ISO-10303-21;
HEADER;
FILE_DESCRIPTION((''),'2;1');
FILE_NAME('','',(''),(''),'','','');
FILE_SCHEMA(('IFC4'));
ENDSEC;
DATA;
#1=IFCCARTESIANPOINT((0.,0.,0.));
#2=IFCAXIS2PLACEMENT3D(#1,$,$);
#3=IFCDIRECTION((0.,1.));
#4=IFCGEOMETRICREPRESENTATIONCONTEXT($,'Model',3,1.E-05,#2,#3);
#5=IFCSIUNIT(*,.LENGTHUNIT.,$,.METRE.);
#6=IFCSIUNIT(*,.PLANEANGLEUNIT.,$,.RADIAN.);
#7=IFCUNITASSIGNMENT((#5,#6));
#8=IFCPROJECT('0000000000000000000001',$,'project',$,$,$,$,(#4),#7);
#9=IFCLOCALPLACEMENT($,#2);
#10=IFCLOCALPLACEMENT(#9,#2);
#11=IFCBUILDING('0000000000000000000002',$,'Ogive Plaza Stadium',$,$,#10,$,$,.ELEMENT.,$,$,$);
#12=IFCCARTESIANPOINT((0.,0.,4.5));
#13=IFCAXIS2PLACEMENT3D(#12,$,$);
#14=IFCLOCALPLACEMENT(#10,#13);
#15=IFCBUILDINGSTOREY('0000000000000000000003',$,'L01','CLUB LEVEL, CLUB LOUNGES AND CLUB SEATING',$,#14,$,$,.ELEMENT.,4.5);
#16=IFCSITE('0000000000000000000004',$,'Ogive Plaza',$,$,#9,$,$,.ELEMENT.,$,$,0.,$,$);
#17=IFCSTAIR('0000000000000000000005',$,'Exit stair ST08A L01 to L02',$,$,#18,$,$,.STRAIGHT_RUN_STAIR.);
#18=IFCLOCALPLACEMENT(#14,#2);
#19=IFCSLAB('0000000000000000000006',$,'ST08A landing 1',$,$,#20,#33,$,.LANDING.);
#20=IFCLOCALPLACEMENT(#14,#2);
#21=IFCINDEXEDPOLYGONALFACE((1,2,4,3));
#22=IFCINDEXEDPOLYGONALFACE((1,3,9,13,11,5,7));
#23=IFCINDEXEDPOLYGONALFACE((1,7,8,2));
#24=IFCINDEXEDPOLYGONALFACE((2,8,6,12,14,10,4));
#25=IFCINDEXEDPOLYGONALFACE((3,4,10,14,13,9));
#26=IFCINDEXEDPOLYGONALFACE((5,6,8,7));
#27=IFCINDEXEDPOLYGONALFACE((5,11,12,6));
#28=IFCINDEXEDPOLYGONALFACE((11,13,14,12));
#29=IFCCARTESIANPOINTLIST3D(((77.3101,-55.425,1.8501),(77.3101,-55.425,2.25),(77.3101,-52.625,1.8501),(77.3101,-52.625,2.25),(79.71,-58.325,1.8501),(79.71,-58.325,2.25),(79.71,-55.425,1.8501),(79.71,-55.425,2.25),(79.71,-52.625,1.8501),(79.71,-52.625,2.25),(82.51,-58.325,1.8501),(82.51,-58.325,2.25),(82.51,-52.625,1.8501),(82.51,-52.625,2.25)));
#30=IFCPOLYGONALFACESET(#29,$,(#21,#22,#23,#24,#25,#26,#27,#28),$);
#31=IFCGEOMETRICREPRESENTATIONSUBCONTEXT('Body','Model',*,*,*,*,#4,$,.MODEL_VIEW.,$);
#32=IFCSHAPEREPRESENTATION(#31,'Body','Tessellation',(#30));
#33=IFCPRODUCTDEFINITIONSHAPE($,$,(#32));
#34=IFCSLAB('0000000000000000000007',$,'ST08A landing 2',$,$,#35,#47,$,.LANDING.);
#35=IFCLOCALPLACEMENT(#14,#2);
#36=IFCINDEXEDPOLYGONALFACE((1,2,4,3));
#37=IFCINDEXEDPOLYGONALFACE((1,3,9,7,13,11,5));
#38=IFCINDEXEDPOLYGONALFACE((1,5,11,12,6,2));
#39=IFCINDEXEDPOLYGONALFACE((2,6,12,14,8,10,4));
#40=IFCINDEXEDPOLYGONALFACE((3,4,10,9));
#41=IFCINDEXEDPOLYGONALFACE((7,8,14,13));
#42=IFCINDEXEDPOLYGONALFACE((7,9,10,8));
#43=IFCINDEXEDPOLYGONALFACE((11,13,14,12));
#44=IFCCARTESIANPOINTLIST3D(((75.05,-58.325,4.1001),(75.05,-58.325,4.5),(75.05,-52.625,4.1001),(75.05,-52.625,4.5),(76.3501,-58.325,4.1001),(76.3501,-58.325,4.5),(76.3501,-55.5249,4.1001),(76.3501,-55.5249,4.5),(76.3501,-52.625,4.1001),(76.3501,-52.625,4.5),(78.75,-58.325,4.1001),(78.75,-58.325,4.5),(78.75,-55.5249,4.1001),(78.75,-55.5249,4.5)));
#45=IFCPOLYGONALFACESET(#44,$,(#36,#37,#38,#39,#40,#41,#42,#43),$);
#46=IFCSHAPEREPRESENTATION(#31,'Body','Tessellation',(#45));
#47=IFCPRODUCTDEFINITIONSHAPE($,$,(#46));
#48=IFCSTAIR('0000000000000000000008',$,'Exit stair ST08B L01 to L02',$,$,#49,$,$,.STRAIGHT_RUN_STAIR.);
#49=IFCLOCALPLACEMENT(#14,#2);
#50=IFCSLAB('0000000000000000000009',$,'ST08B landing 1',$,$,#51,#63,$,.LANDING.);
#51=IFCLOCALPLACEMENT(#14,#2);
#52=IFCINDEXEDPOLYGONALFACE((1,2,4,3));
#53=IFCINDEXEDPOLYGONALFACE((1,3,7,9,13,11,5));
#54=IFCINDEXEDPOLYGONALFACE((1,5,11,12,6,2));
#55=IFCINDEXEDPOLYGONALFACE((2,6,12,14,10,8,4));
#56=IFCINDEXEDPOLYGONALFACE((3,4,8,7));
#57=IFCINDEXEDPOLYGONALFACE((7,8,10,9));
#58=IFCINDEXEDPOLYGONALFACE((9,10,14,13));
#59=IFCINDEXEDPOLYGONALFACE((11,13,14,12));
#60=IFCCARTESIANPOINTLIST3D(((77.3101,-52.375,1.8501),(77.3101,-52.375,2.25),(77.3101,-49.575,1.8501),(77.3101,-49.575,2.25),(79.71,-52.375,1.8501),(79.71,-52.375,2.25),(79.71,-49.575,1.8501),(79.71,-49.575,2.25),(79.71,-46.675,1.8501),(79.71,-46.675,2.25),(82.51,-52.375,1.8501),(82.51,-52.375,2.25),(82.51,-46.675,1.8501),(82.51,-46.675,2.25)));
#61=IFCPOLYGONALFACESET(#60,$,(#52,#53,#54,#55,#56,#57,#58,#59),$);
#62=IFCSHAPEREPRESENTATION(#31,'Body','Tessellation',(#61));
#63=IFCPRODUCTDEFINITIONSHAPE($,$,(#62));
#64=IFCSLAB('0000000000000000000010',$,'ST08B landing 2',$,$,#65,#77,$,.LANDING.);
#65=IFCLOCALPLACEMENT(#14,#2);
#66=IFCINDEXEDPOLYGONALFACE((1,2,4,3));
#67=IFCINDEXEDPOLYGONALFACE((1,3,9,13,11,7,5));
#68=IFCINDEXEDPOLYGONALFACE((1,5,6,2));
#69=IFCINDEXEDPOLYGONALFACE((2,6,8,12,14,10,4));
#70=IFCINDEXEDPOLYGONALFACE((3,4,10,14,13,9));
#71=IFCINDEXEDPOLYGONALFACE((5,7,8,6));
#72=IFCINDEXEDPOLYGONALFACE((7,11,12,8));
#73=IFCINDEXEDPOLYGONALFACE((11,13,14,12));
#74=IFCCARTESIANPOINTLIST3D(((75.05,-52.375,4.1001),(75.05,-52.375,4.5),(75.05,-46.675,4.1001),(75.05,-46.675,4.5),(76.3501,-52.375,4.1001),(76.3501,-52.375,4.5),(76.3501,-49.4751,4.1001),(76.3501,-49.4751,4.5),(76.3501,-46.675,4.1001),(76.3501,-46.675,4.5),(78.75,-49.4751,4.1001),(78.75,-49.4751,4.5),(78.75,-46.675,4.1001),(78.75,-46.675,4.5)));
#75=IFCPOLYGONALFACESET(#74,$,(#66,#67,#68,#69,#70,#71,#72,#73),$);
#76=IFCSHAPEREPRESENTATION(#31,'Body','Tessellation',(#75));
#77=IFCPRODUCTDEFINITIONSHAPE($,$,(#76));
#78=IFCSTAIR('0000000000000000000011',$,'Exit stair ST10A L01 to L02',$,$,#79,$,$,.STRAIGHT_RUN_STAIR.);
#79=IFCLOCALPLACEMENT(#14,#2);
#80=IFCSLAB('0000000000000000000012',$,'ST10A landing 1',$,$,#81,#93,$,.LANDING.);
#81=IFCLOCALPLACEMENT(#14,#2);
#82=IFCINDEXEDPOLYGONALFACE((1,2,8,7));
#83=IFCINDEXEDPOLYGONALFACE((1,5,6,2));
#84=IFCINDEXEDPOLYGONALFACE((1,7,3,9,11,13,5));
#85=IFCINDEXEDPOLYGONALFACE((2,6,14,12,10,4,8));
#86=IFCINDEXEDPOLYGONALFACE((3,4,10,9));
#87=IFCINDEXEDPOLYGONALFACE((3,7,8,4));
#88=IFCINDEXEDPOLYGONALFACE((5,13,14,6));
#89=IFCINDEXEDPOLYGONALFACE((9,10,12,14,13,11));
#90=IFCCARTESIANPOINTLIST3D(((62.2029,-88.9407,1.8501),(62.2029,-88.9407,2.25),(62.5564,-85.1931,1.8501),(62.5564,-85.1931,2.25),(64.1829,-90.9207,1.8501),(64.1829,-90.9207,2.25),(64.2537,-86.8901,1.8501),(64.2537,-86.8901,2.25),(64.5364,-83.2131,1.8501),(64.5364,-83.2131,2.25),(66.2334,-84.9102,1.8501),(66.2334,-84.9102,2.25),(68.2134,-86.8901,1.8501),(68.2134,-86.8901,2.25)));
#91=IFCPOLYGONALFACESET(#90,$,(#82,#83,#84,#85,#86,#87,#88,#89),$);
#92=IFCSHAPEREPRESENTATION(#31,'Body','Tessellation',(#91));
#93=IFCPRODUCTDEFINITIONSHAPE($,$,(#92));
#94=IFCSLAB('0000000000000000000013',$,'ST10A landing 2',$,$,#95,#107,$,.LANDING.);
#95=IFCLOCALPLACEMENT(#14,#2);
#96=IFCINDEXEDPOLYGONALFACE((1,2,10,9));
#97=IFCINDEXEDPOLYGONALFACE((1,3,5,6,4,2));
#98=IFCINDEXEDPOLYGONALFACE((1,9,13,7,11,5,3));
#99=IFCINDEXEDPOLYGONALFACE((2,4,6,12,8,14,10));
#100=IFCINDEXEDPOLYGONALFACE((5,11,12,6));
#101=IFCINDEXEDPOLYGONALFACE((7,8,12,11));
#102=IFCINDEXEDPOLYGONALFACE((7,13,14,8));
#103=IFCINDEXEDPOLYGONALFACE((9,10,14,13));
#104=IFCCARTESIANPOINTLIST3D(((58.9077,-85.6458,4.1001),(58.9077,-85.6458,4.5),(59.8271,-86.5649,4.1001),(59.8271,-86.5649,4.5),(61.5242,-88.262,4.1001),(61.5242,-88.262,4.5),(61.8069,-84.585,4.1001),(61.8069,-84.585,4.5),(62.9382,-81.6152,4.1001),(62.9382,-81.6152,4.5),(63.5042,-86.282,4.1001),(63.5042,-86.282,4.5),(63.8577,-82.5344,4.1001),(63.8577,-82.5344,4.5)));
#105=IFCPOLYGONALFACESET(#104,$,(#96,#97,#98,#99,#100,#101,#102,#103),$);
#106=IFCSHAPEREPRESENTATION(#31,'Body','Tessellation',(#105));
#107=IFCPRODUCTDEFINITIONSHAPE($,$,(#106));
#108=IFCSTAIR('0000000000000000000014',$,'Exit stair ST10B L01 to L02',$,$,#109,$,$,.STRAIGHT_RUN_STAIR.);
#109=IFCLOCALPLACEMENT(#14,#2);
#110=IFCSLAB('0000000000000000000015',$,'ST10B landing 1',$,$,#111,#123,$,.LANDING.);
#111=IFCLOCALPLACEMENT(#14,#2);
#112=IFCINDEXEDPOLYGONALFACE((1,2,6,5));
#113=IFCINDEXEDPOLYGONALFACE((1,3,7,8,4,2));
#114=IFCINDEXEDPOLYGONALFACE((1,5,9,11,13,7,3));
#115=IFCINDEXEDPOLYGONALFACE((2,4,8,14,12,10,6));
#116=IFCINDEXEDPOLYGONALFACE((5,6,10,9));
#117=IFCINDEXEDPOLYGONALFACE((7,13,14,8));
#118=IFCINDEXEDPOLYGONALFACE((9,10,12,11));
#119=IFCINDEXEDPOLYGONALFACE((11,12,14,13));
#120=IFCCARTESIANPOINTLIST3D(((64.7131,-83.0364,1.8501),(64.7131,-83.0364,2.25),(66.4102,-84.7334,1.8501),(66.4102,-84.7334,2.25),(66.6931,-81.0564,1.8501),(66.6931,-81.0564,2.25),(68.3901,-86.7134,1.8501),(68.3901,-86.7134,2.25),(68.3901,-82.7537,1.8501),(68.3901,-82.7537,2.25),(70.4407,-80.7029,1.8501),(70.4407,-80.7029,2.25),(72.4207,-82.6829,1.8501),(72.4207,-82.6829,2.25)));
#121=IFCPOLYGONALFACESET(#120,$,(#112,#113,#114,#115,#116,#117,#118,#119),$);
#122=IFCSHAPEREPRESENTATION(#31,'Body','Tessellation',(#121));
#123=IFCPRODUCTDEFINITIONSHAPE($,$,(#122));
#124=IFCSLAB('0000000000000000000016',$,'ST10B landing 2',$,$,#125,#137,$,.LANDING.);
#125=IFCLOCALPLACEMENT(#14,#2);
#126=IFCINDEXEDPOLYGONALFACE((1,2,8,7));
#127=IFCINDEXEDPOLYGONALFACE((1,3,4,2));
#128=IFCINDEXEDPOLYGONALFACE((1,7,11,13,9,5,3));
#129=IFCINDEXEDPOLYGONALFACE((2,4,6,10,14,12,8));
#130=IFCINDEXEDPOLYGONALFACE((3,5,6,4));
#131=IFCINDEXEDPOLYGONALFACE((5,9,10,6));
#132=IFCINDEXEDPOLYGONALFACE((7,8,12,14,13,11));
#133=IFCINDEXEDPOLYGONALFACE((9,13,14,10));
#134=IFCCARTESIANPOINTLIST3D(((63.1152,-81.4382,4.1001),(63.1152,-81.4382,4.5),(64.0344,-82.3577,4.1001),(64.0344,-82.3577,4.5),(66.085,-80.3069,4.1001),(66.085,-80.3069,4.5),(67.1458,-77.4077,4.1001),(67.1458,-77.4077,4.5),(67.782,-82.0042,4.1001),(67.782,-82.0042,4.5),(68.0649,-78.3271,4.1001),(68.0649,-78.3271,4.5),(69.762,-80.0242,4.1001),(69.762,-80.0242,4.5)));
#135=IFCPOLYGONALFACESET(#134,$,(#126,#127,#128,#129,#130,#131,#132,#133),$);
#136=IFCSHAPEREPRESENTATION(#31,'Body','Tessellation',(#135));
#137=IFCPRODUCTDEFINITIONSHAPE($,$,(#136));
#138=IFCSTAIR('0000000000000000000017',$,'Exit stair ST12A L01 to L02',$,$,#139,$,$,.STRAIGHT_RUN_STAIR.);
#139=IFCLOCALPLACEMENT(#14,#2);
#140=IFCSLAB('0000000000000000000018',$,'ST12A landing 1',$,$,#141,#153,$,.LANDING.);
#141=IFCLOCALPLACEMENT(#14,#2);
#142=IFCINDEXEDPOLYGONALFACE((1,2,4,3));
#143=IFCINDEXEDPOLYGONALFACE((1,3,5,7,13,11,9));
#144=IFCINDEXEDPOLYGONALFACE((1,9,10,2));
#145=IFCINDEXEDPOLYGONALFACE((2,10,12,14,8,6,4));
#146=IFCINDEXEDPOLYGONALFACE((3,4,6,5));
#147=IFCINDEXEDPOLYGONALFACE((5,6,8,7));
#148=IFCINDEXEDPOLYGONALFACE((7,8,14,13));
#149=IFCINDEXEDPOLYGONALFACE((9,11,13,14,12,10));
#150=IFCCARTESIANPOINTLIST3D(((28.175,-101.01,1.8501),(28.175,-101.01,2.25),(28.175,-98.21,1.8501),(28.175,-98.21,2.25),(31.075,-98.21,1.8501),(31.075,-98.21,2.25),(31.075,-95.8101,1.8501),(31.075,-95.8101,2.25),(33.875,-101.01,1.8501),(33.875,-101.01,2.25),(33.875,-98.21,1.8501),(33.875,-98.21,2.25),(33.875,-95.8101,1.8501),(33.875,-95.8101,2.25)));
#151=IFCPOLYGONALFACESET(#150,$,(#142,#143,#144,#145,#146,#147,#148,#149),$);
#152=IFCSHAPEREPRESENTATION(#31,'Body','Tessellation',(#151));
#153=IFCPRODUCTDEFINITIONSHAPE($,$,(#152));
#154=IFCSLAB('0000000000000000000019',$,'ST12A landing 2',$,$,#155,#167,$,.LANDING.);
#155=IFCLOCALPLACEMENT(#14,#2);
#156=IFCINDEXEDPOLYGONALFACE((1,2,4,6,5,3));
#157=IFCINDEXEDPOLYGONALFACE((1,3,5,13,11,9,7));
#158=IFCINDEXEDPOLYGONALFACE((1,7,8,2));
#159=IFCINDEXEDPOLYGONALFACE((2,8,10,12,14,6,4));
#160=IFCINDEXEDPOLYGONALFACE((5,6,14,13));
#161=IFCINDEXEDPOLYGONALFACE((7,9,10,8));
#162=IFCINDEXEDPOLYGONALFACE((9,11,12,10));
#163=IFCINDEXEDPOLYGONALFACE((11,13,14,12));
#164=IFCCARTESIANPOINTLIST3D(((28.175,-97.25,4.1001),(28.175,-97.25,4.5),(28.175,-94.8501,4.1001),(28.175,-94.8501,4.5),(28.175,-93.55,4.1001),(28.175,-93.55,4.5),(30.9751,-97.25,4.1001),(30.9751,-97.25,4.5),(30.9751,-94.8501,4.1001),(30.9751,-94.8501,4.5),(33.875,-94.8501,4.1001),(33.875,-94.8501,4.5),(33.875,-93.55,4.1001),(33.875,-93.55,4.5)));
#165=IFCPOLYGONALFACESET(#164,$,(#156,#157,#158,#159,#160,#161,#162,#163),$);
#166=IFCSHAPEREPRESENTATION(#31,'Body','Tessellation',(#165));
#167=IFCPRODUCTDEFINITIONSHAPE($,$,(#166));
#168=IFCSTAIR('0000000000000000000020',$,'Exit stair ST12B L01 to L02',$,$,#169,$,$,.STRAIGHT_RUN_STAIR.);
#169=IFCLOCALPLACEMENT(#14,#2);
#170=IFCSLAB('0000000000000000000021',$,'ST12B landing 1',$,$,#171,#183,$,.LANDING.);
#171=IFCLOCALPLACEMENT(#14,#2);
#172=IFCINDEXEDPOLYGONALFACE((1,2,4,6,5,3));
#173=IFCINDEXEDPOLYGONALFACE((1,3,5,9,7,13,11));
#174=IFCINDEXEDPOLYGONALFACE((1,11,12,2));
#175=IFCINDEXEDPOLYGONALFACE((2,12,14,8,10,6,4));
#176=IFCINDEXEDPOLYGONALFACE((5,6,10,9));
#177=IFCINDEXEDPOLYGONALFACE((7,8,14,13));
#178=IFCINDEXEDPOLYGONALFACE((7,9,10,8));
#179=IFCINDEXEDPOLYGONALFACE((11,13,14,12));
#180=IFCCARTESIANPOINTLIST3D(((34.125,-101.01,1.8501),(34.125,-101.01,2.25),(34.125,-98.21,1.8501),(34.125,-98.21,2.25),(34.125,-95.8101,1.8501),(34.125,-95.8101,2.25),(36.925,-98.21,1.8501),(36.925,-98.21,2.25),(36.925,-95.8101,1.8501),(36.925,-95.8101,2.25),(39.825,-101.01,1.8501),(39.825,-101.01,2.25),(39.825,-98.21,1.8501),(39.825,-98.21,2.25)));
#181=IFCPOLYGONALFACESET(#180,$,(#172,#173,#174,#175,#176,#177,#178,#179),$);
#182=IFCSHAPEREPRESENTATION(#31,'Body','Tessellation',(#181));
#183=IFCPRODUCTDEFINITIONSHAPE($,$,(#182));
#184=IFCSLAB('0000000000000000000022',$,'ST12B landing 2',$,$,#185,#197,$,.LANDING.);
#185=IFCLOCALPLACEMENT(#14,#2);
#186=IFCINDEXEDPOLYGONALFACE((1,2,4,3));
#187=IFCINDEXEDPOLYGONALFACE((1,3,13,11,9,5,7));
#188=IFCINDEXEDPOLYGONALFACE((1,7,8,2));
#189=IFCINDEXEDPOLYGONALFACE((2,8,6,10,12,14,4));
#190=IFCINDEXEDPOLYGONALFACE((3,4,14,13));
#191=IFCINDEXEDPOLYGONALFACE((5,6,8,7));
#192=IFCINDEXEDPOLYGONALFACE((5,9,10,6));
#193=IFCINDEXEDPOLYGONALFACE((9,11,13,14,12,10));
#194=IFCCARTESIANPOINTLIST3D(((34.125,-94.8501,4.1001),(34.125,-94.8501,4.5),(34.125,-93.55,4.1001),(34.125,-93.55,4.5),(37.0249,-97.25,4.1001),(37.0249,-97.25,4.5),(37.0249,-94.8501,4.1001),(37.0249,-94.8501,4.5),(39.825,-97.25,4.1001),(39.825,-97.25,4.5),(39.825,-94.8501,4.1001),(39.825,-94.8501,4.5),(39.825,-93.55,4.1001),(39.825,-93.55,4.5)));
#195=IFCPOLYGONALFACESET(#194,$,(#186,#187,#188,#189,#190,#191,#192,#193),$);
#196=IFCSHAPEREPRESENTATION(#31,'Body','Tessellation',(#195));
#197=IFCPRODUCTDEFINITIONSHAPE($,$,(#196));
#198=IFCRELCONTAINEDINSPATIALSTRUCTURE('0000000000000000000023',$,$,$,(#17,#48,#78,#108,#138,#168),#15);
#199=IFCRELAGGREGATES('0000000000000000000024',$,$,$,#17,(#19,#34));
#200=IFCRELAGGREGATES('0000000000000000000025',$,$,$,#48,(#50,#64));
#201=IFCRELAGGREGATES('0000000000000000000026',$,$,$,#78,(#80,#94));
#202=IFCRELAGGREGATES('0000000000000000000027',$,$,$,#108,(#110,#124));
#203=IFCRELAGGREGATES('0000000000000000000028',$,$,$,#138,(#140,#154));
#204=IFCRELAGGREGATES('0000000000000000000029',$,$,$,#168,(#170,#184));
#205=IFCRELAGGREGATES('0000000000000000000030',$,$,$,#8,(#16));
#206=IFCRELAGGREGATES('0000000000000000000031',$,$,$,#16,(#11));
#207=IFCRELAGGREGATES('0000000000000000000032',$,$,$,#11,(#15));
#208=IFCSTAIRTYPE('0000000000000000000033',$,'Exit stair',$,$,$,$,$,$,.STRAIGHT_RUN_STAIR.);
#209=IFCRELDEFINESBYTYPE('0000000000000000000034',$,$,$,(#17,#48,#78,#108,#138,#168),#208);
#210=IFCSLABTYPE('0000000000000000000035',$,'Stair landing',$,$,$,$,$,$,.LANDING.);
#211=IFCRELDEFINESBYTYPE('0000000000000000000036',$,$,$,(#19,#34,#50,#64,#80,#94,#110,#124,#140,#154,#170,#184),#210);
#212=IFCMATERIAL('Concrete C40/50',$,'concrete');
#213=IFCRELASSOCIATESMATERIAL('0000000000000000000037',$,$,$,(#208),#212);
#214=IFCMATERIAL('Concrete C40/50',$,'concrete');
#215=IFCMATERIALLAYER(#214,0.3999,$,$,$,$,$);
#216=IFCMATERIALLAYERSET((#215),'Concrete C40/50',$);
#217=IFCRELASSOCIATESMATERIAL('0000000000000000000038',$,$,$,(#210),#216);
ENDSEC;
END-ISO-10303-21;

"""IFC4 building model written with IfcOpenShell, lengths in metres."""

from ifc_helpers import new_model, si_unit, direction, frame, origin, place, context, subcontext, project, spatial, polyline, outline, extrude, material, layer, layer_set, type_object, element, aggregate, save


model = new_model("IFC4")

# Units and contexts
model_context = context("Model", 3, precision=1e-05, world=origin(), true_north=direction((0.0, 1.0)))
body_context = subcontext(model_context, "Body", "Model", "MODEL_VIEW")
ifc_project = project(units=[si_unit("LENGTHUNIT", "METRE"), si_unit("PLANEANGLEUNIT", "RADIAN")], contexts=[model_context])

# Site, building, storey
site_placement = place(None, origin())
site = spatial("IfcSite", under=ifc_project, at=site_placement, Name="Ogive Plaza", CompositionType="ELEMENT", RefElevation=0.0)
building_placement = place(site_placement, origin())
building = spatial("IfcBuilding", under=site, at=building_placement, Name="Ogive Plaza Stadium", CompositionType="ELEMENT")
storey_placement = place(building_placement, frame((0.0, 0.0, 4.5)))
storey = spatial("IfcBuildingStorey", under=building, at=storey_placement, Name="L01", Description="CLUB LEVEL, CLUB LOUNGES AND CLUB SEATING", CompositionType="ELEMENT", Elevation=4.5)

# Stairs, slabs
ifc_material_1 = material(Name="Concrete C40/50", Category="concrete")
stair_type = type_object("IfcStairType", Name="Exit stair", PredefinedType="STRAIGHT_RUN_STAIR", material=ifc_material_1)
stair_1_placement = place(storey_placement, origin())
stair_1 = element("IfcStair", 1, at=stair_1_placement, inside=storey, type_object=stair_type, Name="Exit stair ST08A L01 to L02", PredefinedType="STRAIGHT_RUN_STAIR")
ifc_material_2 = material(Name="Concrete C40/50", Category="concrete")
ifc_layer = layer(ifc_material_2, 0.3999)
ifc_layer_set = layer_set([ifc_layer], Name="Concrete C40/50")
slab_type = type_object("IfcSlabType", Name="Stair landing", PredefinedType="LANDING", material=ifc_layer_set)
slab_1_placement = place(storey_placement, frame((0.0, 0.0, 1.8501)))
slab_1 = element("IfcSlab", 2, at=slab_1_placement, type_object=slab_type, Name="ST08A landing 1", PredefinedType="LANDING", context=body_context, shape_type="SweptSolid", body=[
    extrude(outline(polyline([(82.51, -52.625), (82.51, -58.325), (79.71, -58.325), (79.71, -55.425), (77.3101, -55.425), (77.3101, -52.625), (79.71, -52.625), (82.51, -52.625)])), origin(), (0.0, 0.0, 1.0), 0.3999),
])
slab_2_placement = place(storey_placement, frame((0.0, 0.0, 4.1001)))
slab_2 = element("IfcSlab", 3, at=slab_2_placement, type_object=slab_type, Name="ST08A landing 2", PredefinedType="LANDING", context=body_context, shape_type="SweptSolid", body=[
    extrude(outline(polyline([(78.75, -55.5249), (78.75, -58.325), (76.3501, -58.325), (75.05, -58.325), (75.05, -52.625), (76.3501, -52.625), (76.3501, -55.5249), (78.75, -55.5249)])), origin(), (0.0, 0.0, 1.0), 0.3999),
])
aggregate(stair_1, [slab_1, slab_2])
stair_2_placement = place(storey_placement, origin())
stair_2 = element("IfcStair", 4, at=stair_2_placement, inside=storey, type_object=stair_type, Name="Exit stair ST08B L01 to L02", PredefinedType="STRAIGHT_RUN_STAIR")
slab_3_placement = place(storey_placement, frame((0.0, 0.0, 1.8501)))
slab_3 = element("IfcSlab", 5, at=slab_3_placement, type_object=slab_type, Name="ST08B landing 1", PredefinedType="LANDING", context=body_context, shape_type="SweptSolid", body=[
    extrude(outline(polyline([(77.3101, -52.375), (77.3101, -49.575), (79.71, -49.575), (79.71, -46.675), (82.51, -46.675), (82.51, -52.375), (79.71, -52.375), (77.3101, -52.375)])), origin(), (0.0, 0.0, 1.0), 0.3999),
])
slab_4_placement = place(storey_placement, frame((0.0, 0.0, 4.1001)))
slab_4 = element("IfcSlab", 6, at=slab_4_placement, type_object=slab_type, Name="ST08B landing 2", PredefinedType="LANDING", context=body_context, shape_type="SweptSolid", body=[
    extrude(outline(polyline([(76.3501, -52.375), (75.05, -52.375), (75.05, -46.675), (76.3501, -46.675), (78.75, -46.675), (78.75, -49.4751), (76.3501, -49.4751), (76.3501, -52.375)])), origin(), (0.0, 0.0, 1.0), 0.3999),
])
aggregate(stair_2, [slab_3, slab_4])
stair_3_placement = place(storey_placement, origin())
stair_3 = element("IfcStair", 7, at=stair_3_placement, inside=storey, type_object=stair_type, Name="Exit stair ST10A L01 to L02", PredefinedType="STRAIGHT_RUN_STAIR")
slab_5_placement = place(storey_placement, frame((0.0, 0.0, 1.8501)))
slab_5 = element("IfcSlab", 8, at=slab_5_placement, type_object=slab_type, Name="ST10A landing 1", PredefinedType="LANDING", context=body_context, shape_type="SweptSolid", body=[
    extrude(outline(polyline([(68.2134, -86.8901), (64.1829, -90.9207), (62.2029, -88.9407), (64.2537, -86.8901), (62.5564, -85.1931), (64.5364, -83.2131), (66.2334, -84.9102), (68.2134, -86.8901)])), origin(), (0.0, 0.0, 1.0), 0.3999),
])
slab_6_placement = place(storey_placement, frame((0.0, 0.0, 4.1001)))
slab_6 = element("IfcSlab", 9, at=slab_6_placement, type_object=slab_type, Name="ST10A landing 2", PredefinedType="LANDING", context=body_context, shape_type="SweptSolid", body=[
    extrude(outline(polyline([(63.5042, -86.282), (61.5242, -88.262), (59.8271, -86.5649), (58.9077, -85.6458), (62.9382, -81.6152), (63.8577, -82.5344), (61.8069, -84.585), (63.5042, -86.282)])), origin(), (0.0, 0.0, 1.0), 0.3999),
])
aggregate(stair_3, [slab_5, slab_6])
stair_4_placement = place(storey_placement, origin())
stair_4 = element("IfcStair", 10, at=stair_4_placement, inside=storey, type_object=stair_type, Name="Exit stair ST10B L01 to L02", PredefinedType="STRAIGHT_RUN_STAIR")
slab_7_placement = place(storey_placement, frame((0.0, 0.0, 1.8501)))
slab_7 = element("IfcSlab", 11, at=slab_7_placement, type_object=slab_type, Name="ST10B landing 1", PredefinedType="LANDING", context=body_context, shape_type="SweptSolid", body=[
    extrude(outline(polyline([(64.7131, -83.0364), (66.6931, -81.0564), (68.3901, -82.7537), (70.4407, -80.7029), (72.4207, -82.6829), (68.3901, -86.7134), (66.4102, -84.7334), (64.7131, -83.0364)])), origin(), (0.0, 0.0, 1.0), 0.3999),
])
slab_8_placement = place(storey_placement, frame((0.0, 0.0, 4.1001)))
slab_8 = element("IfcSlab", 12, at=slab_8_placement, type_object=slab_type, Name="ST10B landing 2", PredefinedType="LANDING", context=body_context, shape_type="SweptSolid", body=[
    extrude(outline(polyline([(64.0344, -82.3577), (63.1152, -81.4382), (67.1458, -77.4077), (68.0649, -78.3271), (69.762, -80.0242), (67.782, -82.0042), (66.085, -80.3069), (64.0344, -82.3577)])), origin(), (0.0, 0.0, 1.0), 0.3999),
])
aggregate(stair_4, [slab_7, slab_8])
stair_5_placement = place(storey_placement, origin())
stair_5 = element("IfcStair", 13, at=stair_5_placement, inside=storey, type_object=stair_type, Name="Exit stair ST12A L01 to L02", PredefinedType="STRAIGHT_RUN_STAIR")
slab_9_placement = place(storey_placement, frame((0.0, 0.0, 1.8501)))
slab_9 = element("IfcSlab", 14, at=slab_9_placement, type_object=slab_type, Name="ST12A landing 1", PredefinedType="LANDING", context=body_context, shape_type="SweptSolid", body=[
    extrude(outline(polyline([(33.875, -101.01), (28.175, -101.01), (28.175, -98.21), (31.075, -98.21), (31.075, -95.8101), (33.875, -95.8101), (33.875, -98.21), (33.875, -101.01)])), origin(), (0.0, 0.0, 1.0), 0.3999),
])
slab_10_placement = place(storey_placement, frame((0.0, 0.0, 4.1001)))
slab_10 = element("IfcSlab", 15, at=slab_10_placement, type_object=slab_type, Name="ST12A landing 2", PredefinedType="LANDING", context=body_context, shape_type="SweptSolid", body=[
    extrude(outline(polyline([(30.9751, -97.25), (28.175, -97.25), (28.175, -94.8501), (28.175, -93.55), (33.875, -93.55), (33.875, -94.8501), (30.9751, -94.8501), (30.9751, -97.25)])), origin(), (0.0, 0.0, 1.0), 0.3999),
])
aggregate(stair_5, [slab_9, slab_10])
stair_6_placement = place(storey_placement, origin())
stair_6 = element("IfcStair", 16, at=stair_6_placement, inside=storey, type_object=stair_type, Name="Exit stair ST12B L01 to L02", PredefinedType="STRAIGHT_RUN_STAIR")
slab_11_placement = place(storey_placement, frame((0.0, 0.0, 1.8501)))
slab_11 = element("IfcSlab", 17, at=slab_11_placement, type_object=slab_type, Name="ST12B landing 1", PredefinedType="LANDING", context=body_context, shape_type="SweptSolid", body=[
    extrude(outline(polyline([(34.125, -95.8101), (36.925, -95.8101), (36.925, -98.21), (39.825, -98.21), (39.825, -101.01), (34.125, -101.01), (34.125, -98.21), (34.125, -95.8101)])), origin(), (0.0, 0.0, 1.0), 0.3999),
])
slab_12_placement = place(storey_placement, frame((0.0, 0.0, 4.1001)))
slab_12 = element("IfcSlab", 18, at=slab_12_placement, type_object=slab_type, Name="ST12B landing 2", PredefinedType="LANDING", context=body_context, shape_type="SweptSolid", body=[
    extrude(outline(polyline([(34.125, -94.8501), (34.125, -93.55), (39.825, -93.55), (39.825, -94.8501), (39.825, -97.25), (37.0249, -97.25), (37.0249, -94.8501), (34.125, -94.8501)])), origin(), (0.0, 0.0, 1.0), 0.3999),
])
aggregate(stair_6, [slab_11, slab_12])

save(model, "model.ifc")
